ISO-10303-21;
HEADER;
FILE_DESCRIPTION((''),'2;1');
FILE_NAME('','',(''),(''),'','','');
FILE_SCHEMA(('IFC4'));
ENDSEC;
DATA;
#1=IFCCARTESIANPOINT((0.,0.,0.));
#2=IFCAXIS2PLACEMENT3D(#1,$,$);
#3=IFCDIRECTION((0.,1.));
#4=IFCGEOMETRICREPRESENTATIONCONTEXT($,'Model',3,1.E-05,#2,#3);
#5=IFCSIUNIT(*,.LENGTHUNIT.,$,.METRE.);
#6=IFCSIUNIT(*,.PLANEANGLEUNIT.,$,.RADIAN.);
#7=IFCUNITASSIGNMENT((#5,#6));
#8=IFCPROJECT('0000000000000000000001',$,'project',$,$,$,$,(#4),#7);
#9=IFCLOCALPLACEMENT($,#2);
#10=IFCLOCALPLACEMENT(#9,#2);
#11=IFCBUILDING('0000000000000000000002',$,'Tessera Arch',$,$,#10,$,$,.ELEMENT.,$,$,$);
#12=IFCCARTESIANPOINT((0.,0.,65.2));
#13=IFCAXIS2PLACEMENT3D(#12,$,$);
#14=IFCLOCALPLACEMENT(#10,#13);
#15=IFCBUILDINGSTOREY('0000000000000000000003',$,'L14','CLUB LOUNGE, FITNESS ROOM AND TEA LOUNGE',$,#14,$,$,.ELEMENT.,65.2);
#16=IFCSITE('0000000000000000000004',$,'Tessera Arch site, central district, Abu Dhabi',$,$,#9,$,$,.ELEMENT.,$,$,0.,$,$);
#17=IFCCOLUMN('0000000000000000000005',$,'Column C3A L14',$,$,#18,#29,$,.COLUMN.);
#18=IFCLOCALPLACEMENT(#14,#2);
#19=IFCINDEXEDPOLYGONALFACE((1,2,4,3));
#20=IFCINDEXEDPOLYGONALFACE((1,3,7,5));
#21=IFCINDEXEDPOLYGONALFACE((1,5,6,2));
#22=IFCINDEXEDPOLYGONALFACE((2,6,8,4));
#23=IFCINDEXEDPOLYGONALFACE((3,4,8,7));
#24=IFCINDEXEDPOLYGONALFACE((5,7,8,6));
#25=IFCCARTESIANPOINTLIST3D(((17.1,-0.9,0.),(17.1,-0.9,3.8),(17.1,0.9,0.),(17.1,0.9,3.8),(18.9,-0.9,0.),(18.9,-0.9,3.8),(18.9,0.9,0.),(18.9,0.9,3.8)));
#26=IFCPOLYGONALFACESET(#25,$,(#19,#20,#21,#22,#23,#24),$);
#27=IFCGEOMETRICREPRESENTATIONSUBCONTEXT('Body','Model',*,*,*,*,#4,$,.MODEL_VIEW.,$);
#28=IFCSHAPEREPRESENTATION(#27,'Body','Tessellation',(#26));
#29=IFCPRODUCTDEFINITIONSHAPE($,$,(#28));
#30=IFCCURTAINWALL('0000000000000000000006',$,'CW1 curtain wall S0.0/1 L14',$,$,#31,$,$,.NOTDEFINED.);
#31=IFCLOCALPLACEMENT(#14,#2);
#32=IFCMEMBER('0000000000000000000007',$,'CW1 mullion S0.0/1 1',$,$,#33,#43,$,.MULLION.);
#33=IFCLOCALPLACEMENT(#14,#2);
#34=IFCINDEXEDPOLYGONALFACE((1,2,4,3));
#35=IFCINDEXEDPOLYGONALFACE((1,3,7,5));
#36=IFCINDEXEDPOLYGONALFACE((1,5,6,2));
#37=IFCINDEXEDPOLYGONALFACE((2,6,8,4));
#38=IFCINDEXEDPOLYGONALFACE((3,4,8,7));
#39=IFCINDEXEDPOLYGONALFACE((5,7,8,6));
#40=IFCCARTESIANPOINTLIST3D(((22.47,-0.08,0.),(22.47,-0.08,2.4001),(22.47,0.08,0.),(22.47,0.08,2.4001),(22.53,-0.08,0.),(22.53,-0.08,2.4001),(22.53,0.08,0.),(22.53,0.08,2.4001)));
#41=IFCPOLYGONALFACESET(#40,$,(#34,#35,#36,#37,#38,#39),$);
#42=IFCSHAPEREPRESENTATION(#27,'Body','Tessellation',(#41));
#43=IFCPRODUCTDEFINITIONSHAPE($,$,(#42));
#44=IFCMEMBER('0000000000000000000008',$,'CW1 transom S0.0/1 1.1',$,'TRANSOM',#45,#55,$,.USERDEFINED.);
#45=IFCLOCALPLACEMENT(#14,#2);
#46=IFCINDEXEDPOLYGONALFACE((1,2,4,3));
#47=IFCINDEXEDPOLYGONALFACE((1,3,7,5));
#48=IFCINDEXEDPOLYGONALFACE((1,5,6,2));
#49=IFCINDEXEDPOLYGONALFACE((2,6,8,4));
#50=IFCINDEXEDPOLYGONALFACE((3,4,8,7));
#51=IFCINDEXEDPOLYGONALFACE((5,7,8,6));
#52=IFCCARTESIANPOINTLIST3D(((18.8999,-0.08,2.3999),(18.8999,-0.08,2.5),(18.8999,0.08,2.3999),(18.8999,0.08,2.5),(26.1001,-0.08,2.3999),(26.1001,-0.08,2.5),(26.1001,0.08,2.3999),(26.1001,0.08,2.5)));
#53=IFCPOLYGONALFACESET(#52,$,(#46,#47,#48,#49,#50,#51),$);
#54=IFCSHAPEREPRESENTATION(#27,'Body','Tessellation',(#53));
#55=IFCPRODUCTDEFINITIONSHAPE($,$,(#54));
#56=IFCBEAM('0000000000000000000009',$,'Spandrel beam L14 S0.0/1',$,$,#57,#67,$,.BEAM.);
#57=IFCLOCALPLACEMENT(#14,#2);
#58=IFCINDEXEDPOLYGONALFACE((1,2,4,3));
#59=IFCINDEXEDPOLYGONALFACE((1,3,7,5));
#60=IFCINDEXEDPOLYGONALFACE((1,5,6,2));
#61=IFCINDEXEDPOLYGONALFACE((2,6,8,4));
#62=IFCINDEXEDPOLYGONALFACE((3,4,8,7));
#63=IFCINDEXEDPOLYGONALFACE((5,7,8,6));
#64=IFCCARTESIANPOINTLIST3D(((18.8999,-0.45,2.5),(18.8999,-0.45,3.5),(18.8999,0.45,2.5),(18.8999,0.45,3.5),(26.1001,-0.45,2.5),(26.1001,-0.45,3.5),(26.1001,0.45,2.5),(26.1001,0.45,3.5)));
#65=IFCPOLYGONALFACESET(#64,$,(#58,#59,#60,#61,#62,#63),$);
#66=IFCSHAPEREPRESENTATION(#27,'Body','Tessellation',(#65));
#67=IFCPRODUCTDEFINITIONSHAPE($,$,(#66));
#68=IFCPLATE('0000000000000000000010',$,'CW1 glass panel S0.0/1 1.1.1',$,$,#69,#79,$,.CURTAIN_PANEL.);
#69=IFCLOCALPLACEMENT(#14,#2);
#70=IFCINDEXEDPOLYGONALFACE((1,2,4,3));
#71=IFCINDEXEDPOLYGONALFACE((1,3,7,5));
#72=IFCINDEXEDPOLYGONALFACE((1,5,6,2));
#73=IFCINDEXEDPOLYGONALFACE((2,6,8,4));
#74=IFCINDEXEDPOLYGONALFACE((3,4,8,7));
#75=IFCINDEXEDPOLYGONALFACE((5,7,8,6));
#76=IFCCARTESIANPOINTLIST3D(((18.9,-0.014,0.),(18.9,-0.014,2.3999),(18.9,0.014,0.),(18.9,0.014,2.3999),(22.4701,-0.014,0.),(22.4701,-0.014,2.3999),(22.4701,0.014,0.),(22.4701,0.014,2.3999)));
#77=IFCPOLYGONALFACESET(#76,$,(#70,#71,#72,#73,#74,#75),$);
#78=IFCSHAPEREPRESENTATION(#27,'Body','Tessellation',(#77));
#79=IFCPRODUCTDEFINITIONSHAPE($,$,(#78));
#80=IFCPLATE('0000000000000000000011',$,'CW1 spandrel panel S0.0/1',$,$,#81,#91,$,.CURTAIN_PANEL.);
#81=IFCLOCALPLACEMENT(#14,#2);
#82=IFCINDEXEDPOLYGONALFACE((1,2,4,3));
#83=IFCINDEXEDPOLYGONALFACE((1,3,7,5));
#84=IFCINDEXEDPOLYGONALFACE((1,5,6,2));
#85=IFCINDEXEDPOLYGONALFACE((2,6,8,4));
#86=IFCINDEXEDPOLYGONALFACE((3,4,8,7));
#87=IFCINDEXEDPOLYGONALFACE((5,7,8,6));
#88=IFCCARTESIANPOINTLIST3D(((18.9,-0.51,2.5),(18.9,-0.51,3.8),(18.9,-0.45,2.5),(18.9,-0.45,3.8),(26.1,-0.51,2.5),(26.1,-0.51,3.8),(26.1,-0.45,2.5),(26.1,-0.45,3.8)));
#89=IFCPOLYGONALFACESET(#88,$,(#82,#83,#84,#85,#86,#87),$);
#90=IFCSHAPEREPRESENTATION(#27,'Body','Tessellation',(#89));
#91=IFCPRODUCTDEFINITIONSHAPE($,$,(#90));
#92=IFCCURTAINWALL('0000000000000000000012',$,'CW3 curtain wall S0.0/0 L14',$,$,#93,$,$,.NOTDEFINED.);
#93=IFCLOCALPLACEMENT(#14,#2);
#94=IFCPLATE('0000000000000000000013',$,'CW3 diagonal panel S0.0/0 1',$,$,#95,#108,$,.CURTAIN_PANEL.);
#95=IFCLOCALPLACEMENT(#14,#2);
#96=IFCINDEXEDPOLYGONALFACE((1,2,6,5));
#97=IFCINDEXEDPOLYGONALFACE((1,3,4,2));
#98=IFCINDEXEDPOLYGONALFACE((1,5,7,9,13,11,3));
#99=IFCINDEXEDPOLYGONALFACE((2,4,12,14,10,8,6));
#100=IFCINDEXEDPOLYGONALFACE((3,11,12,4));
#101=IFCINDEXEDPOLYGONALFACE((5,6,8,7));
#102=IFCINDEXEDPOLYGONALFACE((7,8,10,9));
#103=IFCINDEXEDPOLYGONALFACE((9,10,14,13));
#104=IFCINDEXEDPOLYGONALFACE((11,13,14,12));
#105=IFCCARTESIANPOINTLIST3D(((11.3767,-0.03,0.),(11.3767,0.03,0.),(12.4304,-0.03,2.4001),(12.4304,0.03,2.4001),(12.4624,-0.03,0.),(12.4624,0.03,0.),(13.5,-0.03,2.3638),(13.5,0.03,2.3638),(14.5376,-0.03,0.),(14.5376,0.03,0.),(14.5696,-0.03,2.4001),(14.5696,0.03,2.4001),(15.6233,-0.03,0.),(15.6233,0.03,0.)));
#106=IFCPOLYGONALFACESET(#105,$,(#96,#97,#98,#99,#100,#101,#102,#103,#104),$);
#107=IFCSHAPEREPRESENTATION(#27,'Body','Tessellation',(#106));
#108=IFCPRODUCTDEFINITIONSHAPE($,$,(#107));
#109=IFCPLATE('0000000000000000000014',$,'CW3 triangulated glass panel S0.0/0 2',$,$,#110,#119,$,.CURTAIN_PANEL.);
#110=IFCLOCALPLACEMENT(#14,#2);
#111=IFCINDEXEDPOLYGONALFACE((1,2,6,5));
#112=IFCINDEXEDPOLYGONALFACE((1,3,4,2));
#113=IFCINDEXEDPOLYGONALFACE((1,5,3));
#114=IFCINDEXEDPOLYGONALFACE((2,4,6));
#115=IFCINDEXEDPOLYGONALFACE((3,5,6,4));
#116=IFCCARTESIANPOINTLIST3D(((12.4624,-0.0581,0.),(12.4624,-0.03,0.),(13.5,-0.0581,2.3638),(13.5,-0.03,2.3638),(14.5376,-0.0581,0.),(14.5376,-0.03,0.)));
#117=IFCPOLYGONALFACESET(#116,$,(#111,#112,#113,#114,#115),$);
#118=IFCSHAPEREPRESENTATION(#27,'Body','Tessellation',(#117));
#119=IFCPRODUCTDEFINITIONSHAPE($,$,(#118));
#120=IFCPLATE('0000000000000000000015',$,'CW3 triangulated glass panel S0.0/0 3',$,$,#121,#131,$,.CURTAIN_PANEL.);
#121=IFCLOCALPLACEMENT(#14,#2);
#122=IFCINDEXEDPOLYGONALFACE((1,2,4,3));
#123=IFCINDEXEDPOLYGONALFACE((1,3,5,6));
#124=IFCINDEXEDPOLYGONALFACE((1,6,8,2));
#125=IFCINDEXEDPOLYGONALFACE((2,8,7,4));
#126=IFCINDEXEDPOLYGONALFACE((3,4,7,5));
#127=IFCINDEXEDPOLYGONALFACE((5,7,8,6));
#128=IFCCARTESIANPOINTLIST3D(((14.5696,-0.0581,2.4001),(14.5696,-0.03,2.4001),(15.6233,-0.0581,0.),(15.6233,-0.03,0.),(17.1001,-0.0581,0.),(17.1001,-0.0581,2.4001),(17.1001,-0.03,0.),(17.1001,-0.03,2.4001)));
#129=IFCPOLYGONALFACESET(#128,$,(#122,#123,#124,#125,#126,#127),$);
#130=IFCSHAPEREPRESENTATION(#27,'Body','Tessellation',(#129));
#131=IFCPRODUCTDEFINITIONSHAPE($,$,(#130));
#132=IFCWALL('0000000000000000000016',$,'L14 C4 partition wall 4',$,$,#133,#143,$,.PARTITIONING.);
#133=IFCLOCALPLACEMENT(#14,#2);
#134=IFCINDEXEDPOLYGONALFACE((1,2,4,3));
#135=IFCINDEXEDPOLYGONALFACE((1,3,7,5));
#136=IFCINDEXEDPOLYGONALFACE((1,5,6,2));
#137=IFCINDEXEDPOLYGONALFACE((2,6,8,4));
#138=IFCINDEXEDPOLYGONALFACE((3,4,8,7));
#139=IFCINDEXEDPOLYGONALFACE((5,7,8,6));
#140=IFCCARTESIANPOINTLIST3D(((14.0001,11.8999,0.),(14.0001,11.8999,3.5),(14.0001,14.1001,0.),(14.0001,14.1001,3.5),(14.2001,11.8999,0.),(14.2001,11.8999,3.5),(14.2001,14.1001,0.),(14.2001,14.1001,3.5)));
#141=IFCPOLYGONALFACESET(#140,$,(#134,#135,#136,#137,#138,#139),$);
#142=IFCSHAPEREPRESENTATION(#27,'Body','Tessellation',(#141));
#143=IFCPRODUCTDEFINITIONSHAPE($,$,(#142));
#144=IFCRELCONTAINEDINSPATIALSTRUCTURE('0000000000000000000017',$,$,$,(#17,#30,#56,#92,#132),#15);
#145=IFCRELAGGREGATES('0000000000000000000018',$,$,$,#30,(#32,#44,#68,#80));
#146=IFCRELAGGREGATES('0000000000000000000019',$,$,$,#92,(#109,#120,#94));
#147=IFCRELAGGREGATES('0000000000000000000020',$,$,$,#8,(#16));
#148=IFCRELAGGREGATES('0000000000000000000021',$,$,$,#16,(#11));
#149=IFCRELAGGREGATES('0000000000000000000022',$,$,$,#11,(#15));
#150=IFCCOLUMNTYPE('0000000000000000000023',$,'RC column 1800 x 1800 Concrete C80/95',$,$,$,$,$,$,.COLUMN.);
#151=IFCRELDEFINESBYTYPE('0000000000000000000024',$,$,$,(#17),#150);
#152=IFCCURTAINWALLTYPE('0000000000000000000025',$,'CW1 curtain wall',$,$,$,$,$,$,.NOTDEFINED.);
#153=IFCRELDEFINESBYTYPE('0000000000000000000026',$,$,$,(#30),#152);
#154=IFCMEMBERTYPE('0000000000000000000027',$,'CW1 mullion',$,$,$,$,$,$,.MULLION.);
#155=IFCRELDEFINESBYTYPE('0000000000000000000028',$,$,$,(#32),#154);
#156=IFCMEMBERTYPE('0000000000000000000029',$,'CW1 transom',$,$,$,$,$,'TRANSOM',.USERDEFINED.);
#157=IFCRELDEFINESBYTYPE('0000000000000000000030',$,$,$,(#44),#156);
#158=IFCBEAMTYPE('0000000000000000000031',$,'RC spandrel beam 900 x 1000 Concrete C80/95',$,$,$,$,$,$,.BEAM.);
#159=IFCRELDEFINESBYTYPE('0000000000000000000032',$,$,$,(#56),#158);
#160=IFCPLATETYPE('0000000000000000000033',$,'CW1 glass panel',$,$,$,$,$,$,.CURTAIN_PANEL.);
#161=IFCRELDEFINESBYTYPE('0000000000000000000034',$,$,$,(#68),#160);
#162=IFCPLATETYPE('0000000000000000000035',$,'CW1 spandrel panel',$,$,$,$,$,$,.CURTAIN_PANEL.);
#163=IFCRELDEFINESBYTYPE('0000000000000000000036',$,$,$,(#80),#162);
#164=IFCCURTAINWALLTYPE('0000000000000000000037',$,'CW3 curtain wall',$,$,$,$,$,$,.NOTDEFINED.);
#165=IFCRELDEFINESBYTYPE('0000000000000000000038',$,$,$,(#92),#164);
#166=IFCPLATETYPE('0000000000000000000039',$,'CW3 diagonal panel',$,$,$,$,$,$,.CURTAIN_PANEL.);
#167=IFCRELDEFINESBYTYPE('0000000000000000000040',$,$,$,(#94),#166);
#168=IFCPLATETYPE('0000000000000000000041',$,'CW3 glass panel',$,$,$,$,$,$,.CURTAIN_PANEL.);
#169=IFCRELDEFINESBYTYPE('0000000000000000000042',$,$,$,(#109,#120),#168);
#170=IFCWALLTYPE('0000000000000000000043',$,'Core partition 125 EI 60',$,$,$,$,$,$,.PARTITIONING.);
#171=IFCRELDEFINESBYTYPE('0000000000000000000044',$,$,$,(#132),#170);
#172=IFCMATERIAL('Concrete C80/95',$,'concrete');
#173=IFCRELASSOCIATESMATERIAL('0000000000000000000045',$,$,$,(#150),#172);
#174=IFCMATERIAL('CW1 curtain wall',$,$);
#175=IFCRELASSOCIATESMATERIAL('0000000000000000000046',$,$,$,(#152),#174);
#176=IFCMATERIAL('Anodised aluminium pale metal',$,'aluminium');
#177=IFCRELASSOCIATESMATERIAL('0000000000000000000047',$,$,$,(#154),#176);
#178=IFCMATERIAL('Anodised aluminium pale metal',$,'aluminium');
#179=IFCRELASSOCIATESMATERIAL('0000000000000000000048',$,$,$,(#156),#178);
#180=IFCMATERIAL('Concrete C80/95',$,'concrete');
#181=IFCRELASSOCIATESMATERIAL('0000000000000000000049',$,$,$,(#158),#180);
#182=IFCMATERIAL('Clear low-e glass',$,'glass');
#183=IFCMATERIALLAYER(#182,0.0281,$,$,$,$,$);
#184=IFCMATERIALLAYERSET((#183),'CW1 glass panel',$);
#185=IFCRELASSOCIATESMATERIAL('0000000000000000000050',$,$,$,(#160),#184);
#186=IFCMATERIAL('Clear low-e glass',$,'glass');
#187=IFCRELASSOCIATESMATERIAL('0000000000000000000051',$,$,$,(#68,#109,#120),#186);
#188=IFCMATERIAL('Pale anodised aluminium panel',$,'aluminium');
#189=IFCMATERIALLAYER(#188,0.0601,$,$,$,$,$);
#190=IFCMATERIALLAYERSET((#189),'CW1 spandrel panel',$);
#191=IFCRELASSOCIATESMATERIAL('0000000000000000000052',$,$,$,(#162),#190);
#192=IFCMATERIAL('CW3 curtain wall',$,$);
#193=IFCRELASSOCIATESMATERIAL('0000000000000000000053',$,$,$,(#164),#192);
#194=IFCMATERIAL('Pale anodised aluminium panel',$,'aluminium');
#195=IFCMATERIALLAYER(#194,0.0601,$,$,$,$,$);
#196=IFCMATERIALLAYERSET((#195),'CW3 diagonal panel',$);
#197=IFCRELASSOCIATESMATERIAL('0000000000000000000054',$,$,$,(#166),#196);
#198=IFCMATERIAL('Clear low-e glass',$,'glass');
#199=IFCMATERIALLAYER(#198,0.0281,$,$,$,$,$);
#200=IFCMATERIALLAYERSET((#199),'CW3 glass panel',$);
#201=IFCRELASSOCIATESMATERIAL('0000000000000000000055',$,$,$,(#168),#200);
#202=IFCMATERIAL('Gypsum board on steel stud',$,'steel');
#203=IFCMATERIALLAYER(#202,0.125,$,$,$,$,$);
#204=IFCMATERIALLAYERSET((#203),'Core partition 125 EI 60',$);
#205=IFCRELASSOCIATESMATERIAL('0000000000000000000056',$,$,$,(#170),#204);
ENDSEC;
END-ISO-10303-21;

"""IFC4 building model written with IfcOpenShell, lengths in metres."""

from ifc_helpers import new_model, si_unit, direction, frame, frame_2d, origin, origin_2d, place, context, subcontext, project, spatial, polyline, rectangle, outline, extrude, material, layer, layer_set, material_profile, profile_set, type_object, element, aggregate, save


model = new_model("IFC4")

# Units and contexts
model_context = context("Model", 3, precision=1e-05, world=origin(), true_north=direction((0.0, 1.0)))
body_context = subcontext(model_context, "Body", "Model", "MODEL_VIEW")
ifc_project = project(units=[si_unit("LENGTHUNIT", "METRE"), si_unit("PLANEANGLEUNIT", "RADIAN")], contexts=[model_context])

# Site, building, storey
site_placement = place(None, origin())
site = spatial("IfcSite", under=ifc_project, at=site_placement, Name="Tessera Arch site, central district, Abu Dhabi", CompositionType="ELEMENT", RefElevation=0.0)
building_placement = place(site_placement, origin())
building = spatial("IfcBuilding", under=site, at=building_placement, Name="Tessera Arch", CompositionType="ELEMENT")
storey_placement = place(building_placement, frame((0.0, 0.0, 65.2)))
storey = spatial("IfcBuildingStorey", under=building, at=storey_placement, Name="L14", Description="CLUB LOUNGE, FITNESS ROOM AND TEA LOUNGE", CompositionType="ELEMENT", Elevation=65.2)

# Column
ifc_material_1 = material(Name="Concrete C80/95", Category="concrete")
ifc_material_profile_1 = material_profile(ifc_material_1, rectangle(XDim=1.8, YDim=1.8, at=origin_2d()), Name="RC column 1800 x 1800 Concrete C80/95")
ifc_profile_set_1 = profile_set([ifc_material_profile_1], Name="Concrete C80/95")
column_type = type_object("IfcColumnType", Name="RC column 1800 x 1800 Concrete C80/95", PredefinedType="COLUMN", material=ifc_profile_set_1)
column_placement = place(storey_placement, frame((18.0, 0.0, 0.0), z_axis=(0.0, 0.0, 1.0), x_axis=(1.0, 0.0, 0.0)))
element("IfcColumn", 1, at=column_placement, inside=storey, type_object=column_type, Name="Column C3A L14", PredefinedType="COLUMN", context=body_context, shape_type="SweptSolid", body=[
    extrude(rectangle(XDim=1.8, YDim=1.8, at=origin_2d()), origin(), (0.0, 0.0, 1.0), 3.8),
])

# Curtain wall, members
ifc_material_2 = material(Name="CW1 curtain wall")
curtain_wall_type_1 = type_object("IfcCurtainWallType", Name="CW1 curtain wall", PredefinedType="NOTDEFINED", material=ifc_material_2)
curtain_wall_1_placement = place(storey_placement, origin())
curtain_wall_1 = element("IfcCurtainWall", 2, at=curtain_wall_1_placement, inside=storey, type_object=curtain_wall_type_1, Name="CW1 curtain wall S0.0/1 L14", PredefinedType="NOTDEFINED")
ifc_material_3 = material(Name="Anodised aluminium pale metal", Category="aluminium")
ifc_material_profile_2 = material_profile(ifc_material_3, rectangle(XDim=0.1599, YDim=0.0601, at=origin_2d()), Name="AL 60x160")
ifc_profile_set_2 = profile_set([ifc_material_profile_2], Name="Anodised aluminium pale metal")
member_type_1 = type_object("IfcMemberType", Name="CW1 mullion", PredefinedType="MULLION", material=ifc_profile_set_2)
member_1_placement = place(storey_placement, frame((22.5, 0.0, 0.0), z_axis=(0.0, 0.0, 1.0), x_axis=(0.0, 1.0, 0.0)))
member_1 = element("IfcMember", 3, at=member_1_placement, type_object=member_type_1, Name="CW1 mullion S0.0/1 1", PredefinedType="MULLION", context=body_context, shape_type="SweptSolid", body=[
    extrude(rectangle(XDim=0.1599, YDim=0.0601, at=origin_2d()), origin(), (0.0, 0.0, 1.0), 2.4001),
])
ifc_material_4 = material(Name="Anodised aluminium pale metal", Category="aluminium")
ifc_material_profile_3 = material_profile(ifc_material_4, rectangle(XDim=0.1599, YDim=0.1001, at=origin_2d()), Name="AL 160x100")
ifc_profile_set_3 = profile_set([ifc_material_profile_3], Name="Anodised aluminium pale metal")
member_type_2 = type_object("IfcMemberType", Name="CW1 transom", ElementType="TRANSOM", PredefinedType="USERDEFINED", material=ifc_profile_set_3)
member_2_placement = place(storey_placement, frame((18.8999, 0.0, 2.45), z_axis=(1.0, 0.0, 0.0), x_axis=(0.0, 1.0, 0.0)))
member_2 = element("IfcMember", 4, at=member_2_placement, type_object=member_type_2, Name="CW1 transom S0.0/1 1.1", ObjectType="TRANSOM", PredefinedType="USERDEFINED", context=body_context, shape_type="SweptSolid", body=[
    extrude(rectangle(XDim=0.1599, YDim=0.1001, at=origin_2d()), origin(), (0.0, 0.0, 1.0), 7.2002),
])

# Beam
ifc_material_5 = material(Name="Concrete C80/95", Category="concrete")
ifc_material_profile_4 = material_profile(ifc_material_5, rectangle(XDim=0.8999, YDim=1.0, at=origin_2d()), Name="RC spandrel beam 900 x 1000 Concrete C80/95")
ifc_profile_set_4 = profile_set([ifc_material_profile_4], Name="Concrete C80/95")
beam_type = type_object("IfcBeamType", Name="RC spandrel beam 900 x 1000 Concrete C80/95", PredefinedType="BEAM", material=ifc_profile_set_4)
beam_placement = place(storey_placement, frame((18.8999, 0.0, 3.0), z_axis=(1.0, 0.0, 0.0), x_axis=(0.0, 1.0, 0.0)))
element("IfcBeam", 5, at=beam_placement, inside=storey, type_object=beam_type, Name="Spandrel beam L14 S0.0/1", PredefinedType="BEAM", context=body_context, shape_type="SweptSolid", body=[
    extrude(rectangle(XDim=0.8999, YDim=1.0, at=origin_2d()), origin(), (0.0, 0.0, 1.0), 7.2002),
])

# Plates
ifc_material_6 = material(Name="Clear low-e glass", Category="glass")
ifc_material_7 = material(Name="Clear low-e glass", Category="glass")
ifc_layer_1 = layer(ifc_material_7, 0.0281)
ifc_layer_set_1 = layer_set([ifc_layer_1], Name="CW1 glass panel")
plate_type_1 = type_object("IfcPlateType", Name="CW1 glass panel", PredefinedType="CURTAIN_PANEL", material=ifc_layer_set_1)
plate_1_placement = place(storey_placement, frame((20.6851, 0.0, 0.0), z_axis=(0.0, 0.0, 1.0), x_axis=(1.0, 0.0, 0.0)))
plate_1 = element("IfcPlate", 6, at=plate_1_placement, type_object=plate_type_1, material=ifc_material_6, Name="CW1 glass panel S0.0/1 1.1.1", PredefinedType="CURTAIN_PANEL", context=body_context, shape_type="SweptSolid", body=[
    extrude(rectangle(XDim=3.5701, YDim=0.0281, at=origin_2d()), origin(), (0.0, 0.0, 1.0), 2.3999),
])
ifc_material_8 = material(Name="Pale anodised aluminium panel", Category="aluminium")
ifc_layer_2 = layer(ifc_material_8, 0.0601)
ifc_layer_set_2 = layer_set([ifc_layer_2], Name="CW1 spandrel panel")
plate_type_2 = type_object("IfcPlateType", Name="CW1 spandrel panel", PredefinedType="CURTAIN_PANEL", material=ifc_layer_set_2)
plate_2_placement = place(storey_placement, frame((22.5, -0.48, 2.5), z_axis=(0.0, 0.0, 1.0), x_axis=(1.0, 0.0, 0.0)))
plate_2 = element("IfcPlate", 7, at=plate_2_placement, type_object=plate_type_2, Name="CW1 spandrel panel S0.0/1", PredefinedType="CURTAIN_PANEL", context=body_context, shape_type="SweptSolid", body=[
    extrude(rectangle(XDim=7.2, YDim=0.0601, at=origin_2d()), origin(), (0.0, 0.0, 1.0), 1.3),
])
aggregate(curtain_wall_1, [member_1, member_2, plate_1, plate_2])

# Curtain wall, plates
ifc_material_9 = material(Name="CW3 curtain wall")
curtain_wall_type_2 = type_object("IfcCurtainWallType", Name="CW3 curtain wall", PredefinedType="NOTDEFINED", material=ifc_material_9)
curtain_wall_2_placement = place(storey_placement, origin())
curtain_wall_2 = element("IfcCurtainWall", 8, at=curtain_wall_2_placement, inside=storey, type_object=curtain_wall_type_2, Name="CW3 curtain wall S0.0/0 L14", PredefinedType="NOTDEFINED")
ifc_material_10 = material(Name="Pale anodised aluminium panel", Category="aluminium")
ifc_layer_3 = layer(ifc_material_10, 0.0601)
ifc_layer_set_3 = layer_set([ifc_layer_3], Name="CW3 diagonal panel")
plate_type_3 = type_object("IfcPlateType", Name="CW3 diagonal panel", PredefinedType="CURTAIN_PANEL", material=ifc_layer_set_3)
plate_3_placement = place(storey_placement, frame((14.5696, -0.03, 2.4001), z_axis=(0.0, -1.0, 0.0), x_axis=(-1.0, 0.0, 0.0)))
plate_3 = element("IfcPlate", 9, at=plate_3_placement, type_object=plate_type_3, Name="CW3 diagonal panel S0.0/0 1", PredefinedType="CURTAIN_PANEL", context=body_context, shape_type="SweptSolid", body=[
    extrude(outline(polyline([(0.0, 0.0), (2.1392, 0.0), (3.1929, 2.4001), (2.1072, 2.4001), (1.0696, 0.0364), (0.032, 2.4001), (-1.0537, 2.4001), (0.0, 0.0)])), origin(), (0.0, 0.0, -1.0), 0.0601),
])
ifc_material_11 = material(Name="Clear low-e glass", Category="glass")
ifc_layer_4 = layer(ifc_material_11, 0.0281)
ifc_layer_set_4 = layer_set([ifc_layer_4], Name="CW3 glass panel")
plate_type_4 = type_object("IfcPlateType", Name="CW3 glass panel", PredefinedType="CURTAIN_PANEL", material=ifc_layer_set_4)
plate_4_placement = place(storey_placement, frame((12.4624, -0.0581, 0.0), z_axis=(0.0, -1.0, 0.0), x_axis=(1.0, 0.0, 0.0)))
plate_4 = element("IfcPlate", 10, at=plate_4_placement, type_object=plate_type_4, material=ifc_material_6, Name="CW3 triangulated glass panel S0.0/0 2", PredefinedType="CURTAIN_PANEL", context=body_context, shape_type="SweptSolid", body=[
    extrude(outline(polyline([(0.0, 0.0), (2.0752, 0.0), (1.0376, 2.3638), (0.0, 0.0)])), origin(), (0.0, 0.0, -1.0), 0.0281),
])
plate_5_placement = place(storey_placement, frame((17.1001, -0.0581, 2.4001), z_axis=(0.0, -1.0, 0.0), x_axis=(-1.0, 0.0, 0.0)))
plate_5 = element("IfcPlate", 11, at=plate_5_placement, type_object=plate_type_4, material=ifc_material_6, Name="CW3 triangulated glass panel S0.0/0 3", PredefinedType="CURTAIN_PANEL", context=body_context, shape_type="SweptSolid", body=[
    extrude(outline(polyline([(0.0, 0.0), (2.5305, 0.0), (1.4768, 2.4001), (0.0, 2.4001), (0.0, 0.0)])), origin(), (0.0, 0.0, -1.0), 0.0281),
])
aggregate(curtain_wall_2, [plate_4, plate_5, plate_3])

# Wall
ifc_material_12 = material(Name="Gypsum board on steel stud", Category="steel")
ifc_layer_5 = layer(ifc_material_12, 0.125)
ifc_layer_set_5 = layer_set([ifc_layer_5], Name="Core partition 125 EI 60")
wall_type_1 = type_object("IfcWallType", Name="Core partition 125 EI 60", PredefinedType="PARTITIONING", material=ifc_layer_set_5)
wall_1_placement = place(storey_placement, frame((14.1001, 11.8999, 0.0), z_axis=(0.0, 0.0, 1.0), x_axis=(0.0, 1.0, 0.0)))
element("IfcWall", 12, at=wall_1_placement, inside=storey, type_object=wall_type_1, Name="L14 C4 partition wall 4", PredefinedType="PARTITIONING", context=body_context, shape_type="SweptSolid", body=[
    extrude(rectangle(XDim=2.2002, YDim=0.2, at=frame_2d((1.1001, 0.0))), origin(), (0.0, 0.0, 1.0), 3.5),
])

save(model, "model.ifc")
